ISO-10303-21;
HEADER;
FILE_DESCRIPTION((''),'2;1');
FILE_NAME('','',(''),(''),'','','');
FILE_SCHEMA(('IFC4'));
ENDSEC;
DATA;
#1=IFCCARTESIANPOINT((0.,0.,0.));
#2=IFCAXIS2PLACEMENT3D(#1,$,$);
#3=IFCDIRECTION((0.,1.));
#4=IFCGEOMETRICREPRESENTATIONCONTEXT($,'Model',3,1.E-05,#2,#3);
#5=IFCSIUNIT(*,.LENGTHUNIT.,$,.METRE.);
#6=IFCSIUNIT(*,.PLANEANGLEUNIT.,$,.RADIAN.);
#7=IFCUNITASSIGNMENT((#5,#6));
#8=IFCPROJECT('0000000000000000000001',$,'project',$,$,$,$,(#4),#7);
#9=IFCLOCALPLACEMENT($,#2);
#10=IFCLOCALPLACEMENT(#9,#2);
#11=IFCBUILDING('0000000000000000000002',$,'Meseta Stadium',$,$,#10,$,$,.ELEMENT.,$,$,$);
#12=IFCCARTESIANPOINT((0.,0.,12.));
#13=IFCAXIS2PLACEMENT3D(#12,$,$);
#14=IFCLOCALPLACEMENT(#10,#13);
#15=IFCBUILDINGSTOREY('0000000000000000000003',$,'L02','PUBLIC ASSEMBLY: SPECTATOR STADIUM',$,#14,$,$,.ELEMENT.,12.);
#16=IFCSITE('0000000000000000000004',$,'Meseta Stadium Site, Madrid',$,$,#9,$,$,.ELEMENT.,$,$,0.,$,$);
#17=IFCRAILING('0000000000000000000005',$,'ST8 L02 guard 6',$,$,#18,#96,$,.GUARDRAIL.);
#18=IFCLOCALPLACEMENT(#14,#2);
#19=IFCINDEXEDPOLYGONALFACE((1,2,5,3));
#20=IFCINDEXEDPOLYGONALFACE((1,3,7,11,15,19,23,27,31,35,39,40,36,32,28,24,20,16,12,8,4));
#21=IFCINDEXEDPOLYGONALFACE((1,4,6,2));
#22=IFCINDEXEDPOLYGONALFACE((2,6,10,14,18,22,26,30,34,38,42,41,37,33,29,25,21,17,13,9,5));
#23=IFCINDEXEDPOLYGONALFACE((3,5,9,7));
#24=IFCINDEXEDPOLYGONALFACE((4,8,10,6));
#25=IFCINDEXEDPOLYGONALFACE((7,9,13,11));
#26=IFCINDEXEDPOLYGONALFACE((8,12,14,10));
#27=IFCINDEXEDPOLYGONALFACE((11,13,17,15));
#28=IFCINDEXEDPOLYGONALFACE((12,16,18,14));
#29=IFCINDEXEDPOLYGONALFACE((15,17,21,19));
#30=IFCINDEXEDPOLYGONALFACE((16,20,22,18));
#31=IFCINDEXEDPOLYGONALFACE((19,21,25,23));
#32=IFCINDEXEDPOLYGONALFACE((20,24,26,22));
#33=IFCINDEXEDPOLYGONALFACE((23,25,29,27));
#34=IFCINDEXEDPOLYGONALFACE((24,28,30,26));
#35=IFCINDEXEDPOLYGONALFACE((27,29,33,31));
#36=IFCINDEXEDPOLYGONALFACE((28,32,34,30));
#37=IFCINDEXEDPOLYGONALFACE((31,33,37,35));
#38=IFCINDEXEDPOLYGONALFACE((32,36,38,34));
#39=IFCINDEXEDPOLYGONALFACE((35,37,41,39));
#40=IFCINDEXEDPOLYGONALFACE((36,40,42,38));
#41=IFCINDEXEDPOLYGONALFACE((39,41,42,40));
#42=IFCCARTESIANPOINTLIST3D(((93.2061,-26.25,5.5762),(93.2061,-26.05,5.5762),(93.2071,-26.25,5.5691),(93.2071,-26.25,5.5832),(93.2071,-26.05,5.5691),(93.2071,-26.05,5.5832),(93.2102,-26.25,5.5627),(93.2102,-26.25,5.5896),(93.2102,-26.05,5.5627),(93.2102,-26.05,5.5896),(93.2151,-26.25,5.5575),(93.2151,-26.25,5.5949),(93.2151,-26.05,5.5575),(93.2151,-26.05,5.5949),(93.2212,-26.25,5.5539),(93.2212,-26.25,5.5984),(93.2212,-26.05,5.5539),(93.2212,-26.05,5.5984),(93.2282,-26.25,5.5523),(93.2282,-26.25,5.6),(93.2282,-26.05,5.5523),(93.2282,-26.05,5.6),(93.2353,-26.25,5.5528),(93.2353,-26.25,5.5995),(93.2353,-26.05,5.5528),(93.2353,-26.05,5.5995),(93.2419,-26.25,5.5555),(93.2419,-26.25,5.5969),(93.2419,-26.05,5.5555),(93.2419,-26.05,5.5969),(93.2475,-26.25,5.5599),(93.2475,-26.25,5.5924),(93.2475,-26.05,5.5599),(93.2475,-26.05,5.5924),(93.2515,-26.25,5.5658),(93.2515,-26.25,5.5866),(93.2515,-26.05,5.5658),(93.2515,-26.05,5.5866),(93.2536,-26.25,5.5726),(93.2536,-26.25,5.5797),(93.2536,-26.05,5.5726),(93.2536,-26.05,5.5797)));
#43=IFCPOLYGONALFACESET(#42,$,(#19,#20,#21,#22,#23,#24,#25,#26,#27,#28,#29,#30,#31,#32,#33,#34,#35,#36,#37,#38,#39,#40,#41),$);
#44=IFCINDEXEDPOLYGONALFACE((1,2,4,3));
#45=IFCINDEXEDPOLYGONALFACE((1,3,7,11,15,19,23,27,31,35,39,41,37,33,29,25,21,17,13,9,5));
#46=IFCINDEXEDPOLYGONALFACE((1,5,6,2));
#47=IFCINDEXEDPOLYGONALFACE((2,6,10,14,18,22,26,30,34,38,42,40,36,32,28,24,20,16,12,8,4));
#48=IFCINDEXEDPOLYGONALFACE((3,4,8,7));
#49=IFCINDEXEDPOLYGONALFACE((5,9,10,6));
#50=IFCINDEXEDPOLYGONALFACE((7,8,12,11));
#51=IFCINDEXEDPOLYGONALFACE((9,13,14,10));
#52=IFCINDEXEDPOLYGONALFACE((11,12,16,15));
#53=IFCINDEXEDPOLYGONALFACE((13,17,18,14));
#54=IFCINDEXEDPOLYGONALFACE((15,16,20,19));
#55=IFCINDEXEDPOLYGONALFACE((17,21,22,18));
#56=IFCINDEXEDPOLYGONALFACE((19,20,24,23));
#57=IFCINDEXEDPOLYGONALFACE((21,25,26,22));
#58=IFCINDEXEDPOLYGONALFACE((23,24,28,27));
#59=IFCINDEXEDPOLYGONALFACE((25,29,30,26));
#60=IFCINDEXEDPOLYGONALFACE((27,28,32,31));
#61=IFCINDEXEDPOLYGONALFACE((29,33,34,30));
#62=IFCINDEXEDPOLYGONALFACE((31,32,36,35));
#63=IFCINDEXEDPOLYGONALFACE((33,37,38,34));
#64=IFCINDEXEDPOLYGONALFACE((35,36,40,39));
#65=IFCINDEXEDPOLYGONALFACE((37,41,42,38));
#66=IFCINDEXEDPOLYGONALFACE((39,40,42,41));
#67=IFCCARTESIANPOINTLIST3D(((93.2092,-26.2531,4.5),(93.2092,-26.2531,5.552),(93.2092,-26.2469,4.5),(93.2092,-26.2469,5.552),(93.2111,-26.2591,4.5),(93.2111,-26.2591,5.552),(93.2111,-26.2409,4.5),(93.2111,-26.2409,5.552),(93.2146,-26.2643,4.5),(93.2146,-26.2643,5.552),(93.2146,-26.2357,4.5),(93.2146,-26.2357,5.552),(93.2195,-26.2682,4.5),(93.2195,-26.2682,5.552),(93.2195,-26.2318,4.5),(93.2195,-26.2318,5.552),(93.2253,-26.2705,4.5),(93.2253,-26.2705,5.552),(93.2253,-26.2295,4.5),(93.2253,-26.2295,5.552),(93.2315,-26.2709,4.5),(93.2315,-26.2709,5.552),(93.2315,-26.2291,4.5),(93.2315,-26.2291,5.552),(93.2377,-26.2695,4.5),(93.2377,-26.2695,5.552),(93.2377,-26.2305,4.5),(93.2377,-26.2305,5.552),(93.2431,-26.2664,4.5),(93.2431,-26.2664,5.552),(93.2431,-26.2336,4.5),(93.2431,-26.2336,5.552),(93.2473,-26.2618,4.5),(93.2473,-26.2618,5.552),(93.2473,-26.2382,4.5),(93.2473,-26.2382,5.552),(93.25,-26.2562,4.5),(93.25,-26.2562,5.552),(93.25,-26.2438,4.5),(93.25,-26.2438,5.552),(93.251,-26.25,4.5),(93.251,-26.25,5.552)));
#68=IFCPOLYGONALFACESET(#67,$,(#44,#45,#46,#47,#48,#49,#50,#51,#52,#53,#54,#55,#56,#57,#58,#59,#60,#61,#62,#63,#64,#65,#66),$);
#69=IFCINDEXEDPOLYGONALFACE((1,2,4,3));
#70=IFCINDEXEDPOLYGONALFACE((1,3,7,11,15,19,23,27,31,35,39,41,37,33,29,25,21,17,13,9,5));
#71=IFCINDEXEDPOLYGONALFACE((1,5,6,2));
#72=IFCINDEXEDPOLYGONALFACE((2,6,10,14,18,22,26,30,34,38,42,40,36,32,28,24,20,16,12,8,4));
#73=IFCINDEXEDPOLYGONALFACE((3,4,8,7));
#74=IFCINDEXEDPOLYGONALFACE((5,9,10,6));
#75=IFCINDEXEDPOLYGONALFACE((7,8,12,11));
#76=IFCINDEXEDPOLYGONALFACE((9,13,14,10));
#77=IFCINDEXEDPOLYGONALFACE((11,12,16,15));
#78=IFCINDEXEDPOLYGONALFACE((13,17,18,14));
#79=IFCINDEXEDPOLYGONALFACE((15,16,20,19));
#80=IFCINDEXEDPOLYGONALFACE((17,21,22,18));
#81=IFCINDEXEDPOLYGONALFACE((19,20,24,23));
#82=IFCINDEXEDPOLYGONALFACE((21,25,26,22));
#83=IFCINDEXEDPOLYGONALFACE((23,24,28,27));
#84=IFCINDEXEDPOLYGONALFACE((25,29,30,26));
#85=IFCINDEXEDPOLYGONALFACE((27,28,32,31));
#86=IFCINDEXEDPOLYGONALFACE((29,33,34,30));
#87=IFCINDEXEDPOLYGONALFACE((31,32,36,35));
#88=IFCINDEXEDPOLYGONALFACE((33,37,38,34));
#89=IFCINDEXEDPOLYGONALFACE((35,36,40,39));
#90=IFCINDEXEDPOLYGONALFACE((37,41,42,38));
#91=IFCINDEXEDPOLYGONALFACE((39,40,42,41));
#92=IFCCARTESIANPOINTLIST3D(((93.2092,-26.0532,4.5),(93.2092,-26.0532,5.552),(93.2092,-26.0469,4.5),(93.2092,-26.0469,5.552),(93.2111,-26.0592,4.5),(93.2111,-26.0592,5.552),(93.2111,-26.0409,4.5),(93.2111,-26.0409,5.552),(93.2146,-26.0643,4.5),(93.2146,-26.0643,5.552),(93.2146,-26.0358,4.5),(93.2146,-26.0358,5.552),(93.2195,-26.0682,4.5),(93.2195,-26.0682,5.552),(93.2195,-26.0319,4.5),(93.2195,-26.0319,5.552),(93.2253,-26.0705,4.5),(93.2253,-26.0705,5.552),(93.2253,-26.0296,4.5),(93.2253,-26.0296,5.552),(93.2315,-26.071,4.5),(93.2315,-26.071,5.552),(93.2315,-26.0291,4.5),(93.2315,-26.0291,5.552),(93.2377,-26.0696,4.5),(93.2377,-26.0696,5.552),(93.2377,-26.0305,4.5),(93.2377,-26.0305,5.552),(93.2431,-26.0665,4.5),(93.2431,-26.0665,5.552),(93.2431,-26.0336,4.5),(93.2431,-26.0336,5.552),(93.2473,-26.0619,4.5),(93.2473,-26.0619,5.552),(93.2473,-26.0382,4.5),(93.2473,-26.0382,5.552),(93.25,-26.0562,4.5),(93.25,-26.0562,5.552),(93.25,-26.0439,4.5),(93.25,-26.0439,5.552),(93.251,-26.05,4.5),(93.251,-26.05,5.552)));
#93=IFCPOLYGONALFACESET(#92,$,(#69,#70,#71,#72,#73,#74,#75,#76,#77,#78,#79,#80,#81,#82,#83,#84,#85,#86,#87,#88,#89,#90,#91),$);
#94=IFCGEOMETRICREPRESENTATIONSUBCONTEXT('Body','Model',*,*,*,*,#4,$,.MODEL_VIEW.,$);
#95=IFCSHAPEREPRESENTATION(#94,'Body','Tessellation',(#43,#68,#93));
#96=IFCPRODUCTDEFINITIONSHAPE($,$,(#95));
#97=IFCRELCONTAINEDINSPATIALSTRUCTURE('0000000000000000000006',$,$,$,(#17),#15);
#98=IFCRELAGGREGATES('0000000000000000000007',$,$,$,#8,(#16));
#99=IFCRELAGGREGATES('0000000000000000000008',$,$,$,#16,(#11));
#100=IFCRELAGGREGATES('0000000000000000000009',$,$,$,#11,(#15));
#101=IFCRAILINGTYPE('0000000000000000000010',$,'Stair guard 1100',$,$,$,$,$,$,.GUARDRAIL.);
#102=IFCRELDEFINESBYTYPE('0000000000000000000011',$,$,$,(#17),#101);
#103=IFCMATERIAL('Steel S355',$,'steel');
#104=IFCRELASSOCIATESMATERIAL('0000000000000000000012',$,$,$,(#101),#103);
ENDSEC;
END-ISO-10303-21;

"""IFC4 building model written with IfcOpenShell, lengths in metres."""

from ifc_helpers import new_model, si_unit, direction, frame, origin, origin_2d, place, context, subcontext, project, spatial, circle, extrude, material, type_object, element, save


model = new_model("IFC4")

# Units and contexts
model_context = context("Model", 3, precision=1e-05, world=origin(), true_north=direction((0.0, 1.0)))
body_context = subcontext(model_context, "Body", "Model", "MODEL_VIEW")
ifc_project = project(units=[si_unit("LENGTHUNIT", "METRE"), si_unit("PLANEANGLEUNIT", "RADIAN")], contexts=[model_context])

# Site, building, storey
site_placement = place(None, origin())
site = spatial("IfcSite", under=ifc_project, at=site_placement, Name="Meseta Stadium Site, Madrid", CompositionType="ELEMENT", RefElevation=0.0)
building_placement = place(site_placement, origin())
building = spatial("IfcBuilding", under=site, at=building_placement, Name="Meseta Stadium", CompositionType="ELEMENT")
storey_placement = place(building_placement, frame((0.0, 0.0, 12.0)))
storey = spatial("IfcBuildingStorey", under=building, at=storey_placement, Name="L02", Description="PUBLIC ASSEMBLY: SPECTATOR STADIUM", CompositionType="ELEMENT", Elevation=12.0)

# Railing
ifc_material_1 = material(Name="Steel S355", Category="steel")
railing_type_1 = type_object("IfcRailingType", Name="Stair guard 1100", PredefinedType="GUARDRAIL", material=ifc_material_1)
railing_1_placement = place(storey_placement, frame((93.23, -26.25, 4.5)))
element("IfcRailing", 1, at=railing_1_placement, inside=storey, type_object=railing_type_1, Name="ST8 L02 guard 6", PredefinedType="GUARDRAIL", context=body_context, shape_type="SweptSolid", body=[
    extrude(circle(Radius=0.0239, at=origin_2d()), frame((0.0, 0.0, 1.0762), z_axis=(0.0, 1.0, 0.0), x_axis=(-1.0, 0.0, 0.0)), (0.0, 0.0, 1.0), 0.2),
    extrude(circle(Radius=0.021, at=origin_2d()), origin(), (0.0, 0.0, 1.0), 1.052),
    extrude(circle(Radius=0.021, at=origin_2d()), frame((0.0, 0.2, 0.0)), (0.0, 0.0, 1.0), 1.052),
])

save(model, "model.ifc")
